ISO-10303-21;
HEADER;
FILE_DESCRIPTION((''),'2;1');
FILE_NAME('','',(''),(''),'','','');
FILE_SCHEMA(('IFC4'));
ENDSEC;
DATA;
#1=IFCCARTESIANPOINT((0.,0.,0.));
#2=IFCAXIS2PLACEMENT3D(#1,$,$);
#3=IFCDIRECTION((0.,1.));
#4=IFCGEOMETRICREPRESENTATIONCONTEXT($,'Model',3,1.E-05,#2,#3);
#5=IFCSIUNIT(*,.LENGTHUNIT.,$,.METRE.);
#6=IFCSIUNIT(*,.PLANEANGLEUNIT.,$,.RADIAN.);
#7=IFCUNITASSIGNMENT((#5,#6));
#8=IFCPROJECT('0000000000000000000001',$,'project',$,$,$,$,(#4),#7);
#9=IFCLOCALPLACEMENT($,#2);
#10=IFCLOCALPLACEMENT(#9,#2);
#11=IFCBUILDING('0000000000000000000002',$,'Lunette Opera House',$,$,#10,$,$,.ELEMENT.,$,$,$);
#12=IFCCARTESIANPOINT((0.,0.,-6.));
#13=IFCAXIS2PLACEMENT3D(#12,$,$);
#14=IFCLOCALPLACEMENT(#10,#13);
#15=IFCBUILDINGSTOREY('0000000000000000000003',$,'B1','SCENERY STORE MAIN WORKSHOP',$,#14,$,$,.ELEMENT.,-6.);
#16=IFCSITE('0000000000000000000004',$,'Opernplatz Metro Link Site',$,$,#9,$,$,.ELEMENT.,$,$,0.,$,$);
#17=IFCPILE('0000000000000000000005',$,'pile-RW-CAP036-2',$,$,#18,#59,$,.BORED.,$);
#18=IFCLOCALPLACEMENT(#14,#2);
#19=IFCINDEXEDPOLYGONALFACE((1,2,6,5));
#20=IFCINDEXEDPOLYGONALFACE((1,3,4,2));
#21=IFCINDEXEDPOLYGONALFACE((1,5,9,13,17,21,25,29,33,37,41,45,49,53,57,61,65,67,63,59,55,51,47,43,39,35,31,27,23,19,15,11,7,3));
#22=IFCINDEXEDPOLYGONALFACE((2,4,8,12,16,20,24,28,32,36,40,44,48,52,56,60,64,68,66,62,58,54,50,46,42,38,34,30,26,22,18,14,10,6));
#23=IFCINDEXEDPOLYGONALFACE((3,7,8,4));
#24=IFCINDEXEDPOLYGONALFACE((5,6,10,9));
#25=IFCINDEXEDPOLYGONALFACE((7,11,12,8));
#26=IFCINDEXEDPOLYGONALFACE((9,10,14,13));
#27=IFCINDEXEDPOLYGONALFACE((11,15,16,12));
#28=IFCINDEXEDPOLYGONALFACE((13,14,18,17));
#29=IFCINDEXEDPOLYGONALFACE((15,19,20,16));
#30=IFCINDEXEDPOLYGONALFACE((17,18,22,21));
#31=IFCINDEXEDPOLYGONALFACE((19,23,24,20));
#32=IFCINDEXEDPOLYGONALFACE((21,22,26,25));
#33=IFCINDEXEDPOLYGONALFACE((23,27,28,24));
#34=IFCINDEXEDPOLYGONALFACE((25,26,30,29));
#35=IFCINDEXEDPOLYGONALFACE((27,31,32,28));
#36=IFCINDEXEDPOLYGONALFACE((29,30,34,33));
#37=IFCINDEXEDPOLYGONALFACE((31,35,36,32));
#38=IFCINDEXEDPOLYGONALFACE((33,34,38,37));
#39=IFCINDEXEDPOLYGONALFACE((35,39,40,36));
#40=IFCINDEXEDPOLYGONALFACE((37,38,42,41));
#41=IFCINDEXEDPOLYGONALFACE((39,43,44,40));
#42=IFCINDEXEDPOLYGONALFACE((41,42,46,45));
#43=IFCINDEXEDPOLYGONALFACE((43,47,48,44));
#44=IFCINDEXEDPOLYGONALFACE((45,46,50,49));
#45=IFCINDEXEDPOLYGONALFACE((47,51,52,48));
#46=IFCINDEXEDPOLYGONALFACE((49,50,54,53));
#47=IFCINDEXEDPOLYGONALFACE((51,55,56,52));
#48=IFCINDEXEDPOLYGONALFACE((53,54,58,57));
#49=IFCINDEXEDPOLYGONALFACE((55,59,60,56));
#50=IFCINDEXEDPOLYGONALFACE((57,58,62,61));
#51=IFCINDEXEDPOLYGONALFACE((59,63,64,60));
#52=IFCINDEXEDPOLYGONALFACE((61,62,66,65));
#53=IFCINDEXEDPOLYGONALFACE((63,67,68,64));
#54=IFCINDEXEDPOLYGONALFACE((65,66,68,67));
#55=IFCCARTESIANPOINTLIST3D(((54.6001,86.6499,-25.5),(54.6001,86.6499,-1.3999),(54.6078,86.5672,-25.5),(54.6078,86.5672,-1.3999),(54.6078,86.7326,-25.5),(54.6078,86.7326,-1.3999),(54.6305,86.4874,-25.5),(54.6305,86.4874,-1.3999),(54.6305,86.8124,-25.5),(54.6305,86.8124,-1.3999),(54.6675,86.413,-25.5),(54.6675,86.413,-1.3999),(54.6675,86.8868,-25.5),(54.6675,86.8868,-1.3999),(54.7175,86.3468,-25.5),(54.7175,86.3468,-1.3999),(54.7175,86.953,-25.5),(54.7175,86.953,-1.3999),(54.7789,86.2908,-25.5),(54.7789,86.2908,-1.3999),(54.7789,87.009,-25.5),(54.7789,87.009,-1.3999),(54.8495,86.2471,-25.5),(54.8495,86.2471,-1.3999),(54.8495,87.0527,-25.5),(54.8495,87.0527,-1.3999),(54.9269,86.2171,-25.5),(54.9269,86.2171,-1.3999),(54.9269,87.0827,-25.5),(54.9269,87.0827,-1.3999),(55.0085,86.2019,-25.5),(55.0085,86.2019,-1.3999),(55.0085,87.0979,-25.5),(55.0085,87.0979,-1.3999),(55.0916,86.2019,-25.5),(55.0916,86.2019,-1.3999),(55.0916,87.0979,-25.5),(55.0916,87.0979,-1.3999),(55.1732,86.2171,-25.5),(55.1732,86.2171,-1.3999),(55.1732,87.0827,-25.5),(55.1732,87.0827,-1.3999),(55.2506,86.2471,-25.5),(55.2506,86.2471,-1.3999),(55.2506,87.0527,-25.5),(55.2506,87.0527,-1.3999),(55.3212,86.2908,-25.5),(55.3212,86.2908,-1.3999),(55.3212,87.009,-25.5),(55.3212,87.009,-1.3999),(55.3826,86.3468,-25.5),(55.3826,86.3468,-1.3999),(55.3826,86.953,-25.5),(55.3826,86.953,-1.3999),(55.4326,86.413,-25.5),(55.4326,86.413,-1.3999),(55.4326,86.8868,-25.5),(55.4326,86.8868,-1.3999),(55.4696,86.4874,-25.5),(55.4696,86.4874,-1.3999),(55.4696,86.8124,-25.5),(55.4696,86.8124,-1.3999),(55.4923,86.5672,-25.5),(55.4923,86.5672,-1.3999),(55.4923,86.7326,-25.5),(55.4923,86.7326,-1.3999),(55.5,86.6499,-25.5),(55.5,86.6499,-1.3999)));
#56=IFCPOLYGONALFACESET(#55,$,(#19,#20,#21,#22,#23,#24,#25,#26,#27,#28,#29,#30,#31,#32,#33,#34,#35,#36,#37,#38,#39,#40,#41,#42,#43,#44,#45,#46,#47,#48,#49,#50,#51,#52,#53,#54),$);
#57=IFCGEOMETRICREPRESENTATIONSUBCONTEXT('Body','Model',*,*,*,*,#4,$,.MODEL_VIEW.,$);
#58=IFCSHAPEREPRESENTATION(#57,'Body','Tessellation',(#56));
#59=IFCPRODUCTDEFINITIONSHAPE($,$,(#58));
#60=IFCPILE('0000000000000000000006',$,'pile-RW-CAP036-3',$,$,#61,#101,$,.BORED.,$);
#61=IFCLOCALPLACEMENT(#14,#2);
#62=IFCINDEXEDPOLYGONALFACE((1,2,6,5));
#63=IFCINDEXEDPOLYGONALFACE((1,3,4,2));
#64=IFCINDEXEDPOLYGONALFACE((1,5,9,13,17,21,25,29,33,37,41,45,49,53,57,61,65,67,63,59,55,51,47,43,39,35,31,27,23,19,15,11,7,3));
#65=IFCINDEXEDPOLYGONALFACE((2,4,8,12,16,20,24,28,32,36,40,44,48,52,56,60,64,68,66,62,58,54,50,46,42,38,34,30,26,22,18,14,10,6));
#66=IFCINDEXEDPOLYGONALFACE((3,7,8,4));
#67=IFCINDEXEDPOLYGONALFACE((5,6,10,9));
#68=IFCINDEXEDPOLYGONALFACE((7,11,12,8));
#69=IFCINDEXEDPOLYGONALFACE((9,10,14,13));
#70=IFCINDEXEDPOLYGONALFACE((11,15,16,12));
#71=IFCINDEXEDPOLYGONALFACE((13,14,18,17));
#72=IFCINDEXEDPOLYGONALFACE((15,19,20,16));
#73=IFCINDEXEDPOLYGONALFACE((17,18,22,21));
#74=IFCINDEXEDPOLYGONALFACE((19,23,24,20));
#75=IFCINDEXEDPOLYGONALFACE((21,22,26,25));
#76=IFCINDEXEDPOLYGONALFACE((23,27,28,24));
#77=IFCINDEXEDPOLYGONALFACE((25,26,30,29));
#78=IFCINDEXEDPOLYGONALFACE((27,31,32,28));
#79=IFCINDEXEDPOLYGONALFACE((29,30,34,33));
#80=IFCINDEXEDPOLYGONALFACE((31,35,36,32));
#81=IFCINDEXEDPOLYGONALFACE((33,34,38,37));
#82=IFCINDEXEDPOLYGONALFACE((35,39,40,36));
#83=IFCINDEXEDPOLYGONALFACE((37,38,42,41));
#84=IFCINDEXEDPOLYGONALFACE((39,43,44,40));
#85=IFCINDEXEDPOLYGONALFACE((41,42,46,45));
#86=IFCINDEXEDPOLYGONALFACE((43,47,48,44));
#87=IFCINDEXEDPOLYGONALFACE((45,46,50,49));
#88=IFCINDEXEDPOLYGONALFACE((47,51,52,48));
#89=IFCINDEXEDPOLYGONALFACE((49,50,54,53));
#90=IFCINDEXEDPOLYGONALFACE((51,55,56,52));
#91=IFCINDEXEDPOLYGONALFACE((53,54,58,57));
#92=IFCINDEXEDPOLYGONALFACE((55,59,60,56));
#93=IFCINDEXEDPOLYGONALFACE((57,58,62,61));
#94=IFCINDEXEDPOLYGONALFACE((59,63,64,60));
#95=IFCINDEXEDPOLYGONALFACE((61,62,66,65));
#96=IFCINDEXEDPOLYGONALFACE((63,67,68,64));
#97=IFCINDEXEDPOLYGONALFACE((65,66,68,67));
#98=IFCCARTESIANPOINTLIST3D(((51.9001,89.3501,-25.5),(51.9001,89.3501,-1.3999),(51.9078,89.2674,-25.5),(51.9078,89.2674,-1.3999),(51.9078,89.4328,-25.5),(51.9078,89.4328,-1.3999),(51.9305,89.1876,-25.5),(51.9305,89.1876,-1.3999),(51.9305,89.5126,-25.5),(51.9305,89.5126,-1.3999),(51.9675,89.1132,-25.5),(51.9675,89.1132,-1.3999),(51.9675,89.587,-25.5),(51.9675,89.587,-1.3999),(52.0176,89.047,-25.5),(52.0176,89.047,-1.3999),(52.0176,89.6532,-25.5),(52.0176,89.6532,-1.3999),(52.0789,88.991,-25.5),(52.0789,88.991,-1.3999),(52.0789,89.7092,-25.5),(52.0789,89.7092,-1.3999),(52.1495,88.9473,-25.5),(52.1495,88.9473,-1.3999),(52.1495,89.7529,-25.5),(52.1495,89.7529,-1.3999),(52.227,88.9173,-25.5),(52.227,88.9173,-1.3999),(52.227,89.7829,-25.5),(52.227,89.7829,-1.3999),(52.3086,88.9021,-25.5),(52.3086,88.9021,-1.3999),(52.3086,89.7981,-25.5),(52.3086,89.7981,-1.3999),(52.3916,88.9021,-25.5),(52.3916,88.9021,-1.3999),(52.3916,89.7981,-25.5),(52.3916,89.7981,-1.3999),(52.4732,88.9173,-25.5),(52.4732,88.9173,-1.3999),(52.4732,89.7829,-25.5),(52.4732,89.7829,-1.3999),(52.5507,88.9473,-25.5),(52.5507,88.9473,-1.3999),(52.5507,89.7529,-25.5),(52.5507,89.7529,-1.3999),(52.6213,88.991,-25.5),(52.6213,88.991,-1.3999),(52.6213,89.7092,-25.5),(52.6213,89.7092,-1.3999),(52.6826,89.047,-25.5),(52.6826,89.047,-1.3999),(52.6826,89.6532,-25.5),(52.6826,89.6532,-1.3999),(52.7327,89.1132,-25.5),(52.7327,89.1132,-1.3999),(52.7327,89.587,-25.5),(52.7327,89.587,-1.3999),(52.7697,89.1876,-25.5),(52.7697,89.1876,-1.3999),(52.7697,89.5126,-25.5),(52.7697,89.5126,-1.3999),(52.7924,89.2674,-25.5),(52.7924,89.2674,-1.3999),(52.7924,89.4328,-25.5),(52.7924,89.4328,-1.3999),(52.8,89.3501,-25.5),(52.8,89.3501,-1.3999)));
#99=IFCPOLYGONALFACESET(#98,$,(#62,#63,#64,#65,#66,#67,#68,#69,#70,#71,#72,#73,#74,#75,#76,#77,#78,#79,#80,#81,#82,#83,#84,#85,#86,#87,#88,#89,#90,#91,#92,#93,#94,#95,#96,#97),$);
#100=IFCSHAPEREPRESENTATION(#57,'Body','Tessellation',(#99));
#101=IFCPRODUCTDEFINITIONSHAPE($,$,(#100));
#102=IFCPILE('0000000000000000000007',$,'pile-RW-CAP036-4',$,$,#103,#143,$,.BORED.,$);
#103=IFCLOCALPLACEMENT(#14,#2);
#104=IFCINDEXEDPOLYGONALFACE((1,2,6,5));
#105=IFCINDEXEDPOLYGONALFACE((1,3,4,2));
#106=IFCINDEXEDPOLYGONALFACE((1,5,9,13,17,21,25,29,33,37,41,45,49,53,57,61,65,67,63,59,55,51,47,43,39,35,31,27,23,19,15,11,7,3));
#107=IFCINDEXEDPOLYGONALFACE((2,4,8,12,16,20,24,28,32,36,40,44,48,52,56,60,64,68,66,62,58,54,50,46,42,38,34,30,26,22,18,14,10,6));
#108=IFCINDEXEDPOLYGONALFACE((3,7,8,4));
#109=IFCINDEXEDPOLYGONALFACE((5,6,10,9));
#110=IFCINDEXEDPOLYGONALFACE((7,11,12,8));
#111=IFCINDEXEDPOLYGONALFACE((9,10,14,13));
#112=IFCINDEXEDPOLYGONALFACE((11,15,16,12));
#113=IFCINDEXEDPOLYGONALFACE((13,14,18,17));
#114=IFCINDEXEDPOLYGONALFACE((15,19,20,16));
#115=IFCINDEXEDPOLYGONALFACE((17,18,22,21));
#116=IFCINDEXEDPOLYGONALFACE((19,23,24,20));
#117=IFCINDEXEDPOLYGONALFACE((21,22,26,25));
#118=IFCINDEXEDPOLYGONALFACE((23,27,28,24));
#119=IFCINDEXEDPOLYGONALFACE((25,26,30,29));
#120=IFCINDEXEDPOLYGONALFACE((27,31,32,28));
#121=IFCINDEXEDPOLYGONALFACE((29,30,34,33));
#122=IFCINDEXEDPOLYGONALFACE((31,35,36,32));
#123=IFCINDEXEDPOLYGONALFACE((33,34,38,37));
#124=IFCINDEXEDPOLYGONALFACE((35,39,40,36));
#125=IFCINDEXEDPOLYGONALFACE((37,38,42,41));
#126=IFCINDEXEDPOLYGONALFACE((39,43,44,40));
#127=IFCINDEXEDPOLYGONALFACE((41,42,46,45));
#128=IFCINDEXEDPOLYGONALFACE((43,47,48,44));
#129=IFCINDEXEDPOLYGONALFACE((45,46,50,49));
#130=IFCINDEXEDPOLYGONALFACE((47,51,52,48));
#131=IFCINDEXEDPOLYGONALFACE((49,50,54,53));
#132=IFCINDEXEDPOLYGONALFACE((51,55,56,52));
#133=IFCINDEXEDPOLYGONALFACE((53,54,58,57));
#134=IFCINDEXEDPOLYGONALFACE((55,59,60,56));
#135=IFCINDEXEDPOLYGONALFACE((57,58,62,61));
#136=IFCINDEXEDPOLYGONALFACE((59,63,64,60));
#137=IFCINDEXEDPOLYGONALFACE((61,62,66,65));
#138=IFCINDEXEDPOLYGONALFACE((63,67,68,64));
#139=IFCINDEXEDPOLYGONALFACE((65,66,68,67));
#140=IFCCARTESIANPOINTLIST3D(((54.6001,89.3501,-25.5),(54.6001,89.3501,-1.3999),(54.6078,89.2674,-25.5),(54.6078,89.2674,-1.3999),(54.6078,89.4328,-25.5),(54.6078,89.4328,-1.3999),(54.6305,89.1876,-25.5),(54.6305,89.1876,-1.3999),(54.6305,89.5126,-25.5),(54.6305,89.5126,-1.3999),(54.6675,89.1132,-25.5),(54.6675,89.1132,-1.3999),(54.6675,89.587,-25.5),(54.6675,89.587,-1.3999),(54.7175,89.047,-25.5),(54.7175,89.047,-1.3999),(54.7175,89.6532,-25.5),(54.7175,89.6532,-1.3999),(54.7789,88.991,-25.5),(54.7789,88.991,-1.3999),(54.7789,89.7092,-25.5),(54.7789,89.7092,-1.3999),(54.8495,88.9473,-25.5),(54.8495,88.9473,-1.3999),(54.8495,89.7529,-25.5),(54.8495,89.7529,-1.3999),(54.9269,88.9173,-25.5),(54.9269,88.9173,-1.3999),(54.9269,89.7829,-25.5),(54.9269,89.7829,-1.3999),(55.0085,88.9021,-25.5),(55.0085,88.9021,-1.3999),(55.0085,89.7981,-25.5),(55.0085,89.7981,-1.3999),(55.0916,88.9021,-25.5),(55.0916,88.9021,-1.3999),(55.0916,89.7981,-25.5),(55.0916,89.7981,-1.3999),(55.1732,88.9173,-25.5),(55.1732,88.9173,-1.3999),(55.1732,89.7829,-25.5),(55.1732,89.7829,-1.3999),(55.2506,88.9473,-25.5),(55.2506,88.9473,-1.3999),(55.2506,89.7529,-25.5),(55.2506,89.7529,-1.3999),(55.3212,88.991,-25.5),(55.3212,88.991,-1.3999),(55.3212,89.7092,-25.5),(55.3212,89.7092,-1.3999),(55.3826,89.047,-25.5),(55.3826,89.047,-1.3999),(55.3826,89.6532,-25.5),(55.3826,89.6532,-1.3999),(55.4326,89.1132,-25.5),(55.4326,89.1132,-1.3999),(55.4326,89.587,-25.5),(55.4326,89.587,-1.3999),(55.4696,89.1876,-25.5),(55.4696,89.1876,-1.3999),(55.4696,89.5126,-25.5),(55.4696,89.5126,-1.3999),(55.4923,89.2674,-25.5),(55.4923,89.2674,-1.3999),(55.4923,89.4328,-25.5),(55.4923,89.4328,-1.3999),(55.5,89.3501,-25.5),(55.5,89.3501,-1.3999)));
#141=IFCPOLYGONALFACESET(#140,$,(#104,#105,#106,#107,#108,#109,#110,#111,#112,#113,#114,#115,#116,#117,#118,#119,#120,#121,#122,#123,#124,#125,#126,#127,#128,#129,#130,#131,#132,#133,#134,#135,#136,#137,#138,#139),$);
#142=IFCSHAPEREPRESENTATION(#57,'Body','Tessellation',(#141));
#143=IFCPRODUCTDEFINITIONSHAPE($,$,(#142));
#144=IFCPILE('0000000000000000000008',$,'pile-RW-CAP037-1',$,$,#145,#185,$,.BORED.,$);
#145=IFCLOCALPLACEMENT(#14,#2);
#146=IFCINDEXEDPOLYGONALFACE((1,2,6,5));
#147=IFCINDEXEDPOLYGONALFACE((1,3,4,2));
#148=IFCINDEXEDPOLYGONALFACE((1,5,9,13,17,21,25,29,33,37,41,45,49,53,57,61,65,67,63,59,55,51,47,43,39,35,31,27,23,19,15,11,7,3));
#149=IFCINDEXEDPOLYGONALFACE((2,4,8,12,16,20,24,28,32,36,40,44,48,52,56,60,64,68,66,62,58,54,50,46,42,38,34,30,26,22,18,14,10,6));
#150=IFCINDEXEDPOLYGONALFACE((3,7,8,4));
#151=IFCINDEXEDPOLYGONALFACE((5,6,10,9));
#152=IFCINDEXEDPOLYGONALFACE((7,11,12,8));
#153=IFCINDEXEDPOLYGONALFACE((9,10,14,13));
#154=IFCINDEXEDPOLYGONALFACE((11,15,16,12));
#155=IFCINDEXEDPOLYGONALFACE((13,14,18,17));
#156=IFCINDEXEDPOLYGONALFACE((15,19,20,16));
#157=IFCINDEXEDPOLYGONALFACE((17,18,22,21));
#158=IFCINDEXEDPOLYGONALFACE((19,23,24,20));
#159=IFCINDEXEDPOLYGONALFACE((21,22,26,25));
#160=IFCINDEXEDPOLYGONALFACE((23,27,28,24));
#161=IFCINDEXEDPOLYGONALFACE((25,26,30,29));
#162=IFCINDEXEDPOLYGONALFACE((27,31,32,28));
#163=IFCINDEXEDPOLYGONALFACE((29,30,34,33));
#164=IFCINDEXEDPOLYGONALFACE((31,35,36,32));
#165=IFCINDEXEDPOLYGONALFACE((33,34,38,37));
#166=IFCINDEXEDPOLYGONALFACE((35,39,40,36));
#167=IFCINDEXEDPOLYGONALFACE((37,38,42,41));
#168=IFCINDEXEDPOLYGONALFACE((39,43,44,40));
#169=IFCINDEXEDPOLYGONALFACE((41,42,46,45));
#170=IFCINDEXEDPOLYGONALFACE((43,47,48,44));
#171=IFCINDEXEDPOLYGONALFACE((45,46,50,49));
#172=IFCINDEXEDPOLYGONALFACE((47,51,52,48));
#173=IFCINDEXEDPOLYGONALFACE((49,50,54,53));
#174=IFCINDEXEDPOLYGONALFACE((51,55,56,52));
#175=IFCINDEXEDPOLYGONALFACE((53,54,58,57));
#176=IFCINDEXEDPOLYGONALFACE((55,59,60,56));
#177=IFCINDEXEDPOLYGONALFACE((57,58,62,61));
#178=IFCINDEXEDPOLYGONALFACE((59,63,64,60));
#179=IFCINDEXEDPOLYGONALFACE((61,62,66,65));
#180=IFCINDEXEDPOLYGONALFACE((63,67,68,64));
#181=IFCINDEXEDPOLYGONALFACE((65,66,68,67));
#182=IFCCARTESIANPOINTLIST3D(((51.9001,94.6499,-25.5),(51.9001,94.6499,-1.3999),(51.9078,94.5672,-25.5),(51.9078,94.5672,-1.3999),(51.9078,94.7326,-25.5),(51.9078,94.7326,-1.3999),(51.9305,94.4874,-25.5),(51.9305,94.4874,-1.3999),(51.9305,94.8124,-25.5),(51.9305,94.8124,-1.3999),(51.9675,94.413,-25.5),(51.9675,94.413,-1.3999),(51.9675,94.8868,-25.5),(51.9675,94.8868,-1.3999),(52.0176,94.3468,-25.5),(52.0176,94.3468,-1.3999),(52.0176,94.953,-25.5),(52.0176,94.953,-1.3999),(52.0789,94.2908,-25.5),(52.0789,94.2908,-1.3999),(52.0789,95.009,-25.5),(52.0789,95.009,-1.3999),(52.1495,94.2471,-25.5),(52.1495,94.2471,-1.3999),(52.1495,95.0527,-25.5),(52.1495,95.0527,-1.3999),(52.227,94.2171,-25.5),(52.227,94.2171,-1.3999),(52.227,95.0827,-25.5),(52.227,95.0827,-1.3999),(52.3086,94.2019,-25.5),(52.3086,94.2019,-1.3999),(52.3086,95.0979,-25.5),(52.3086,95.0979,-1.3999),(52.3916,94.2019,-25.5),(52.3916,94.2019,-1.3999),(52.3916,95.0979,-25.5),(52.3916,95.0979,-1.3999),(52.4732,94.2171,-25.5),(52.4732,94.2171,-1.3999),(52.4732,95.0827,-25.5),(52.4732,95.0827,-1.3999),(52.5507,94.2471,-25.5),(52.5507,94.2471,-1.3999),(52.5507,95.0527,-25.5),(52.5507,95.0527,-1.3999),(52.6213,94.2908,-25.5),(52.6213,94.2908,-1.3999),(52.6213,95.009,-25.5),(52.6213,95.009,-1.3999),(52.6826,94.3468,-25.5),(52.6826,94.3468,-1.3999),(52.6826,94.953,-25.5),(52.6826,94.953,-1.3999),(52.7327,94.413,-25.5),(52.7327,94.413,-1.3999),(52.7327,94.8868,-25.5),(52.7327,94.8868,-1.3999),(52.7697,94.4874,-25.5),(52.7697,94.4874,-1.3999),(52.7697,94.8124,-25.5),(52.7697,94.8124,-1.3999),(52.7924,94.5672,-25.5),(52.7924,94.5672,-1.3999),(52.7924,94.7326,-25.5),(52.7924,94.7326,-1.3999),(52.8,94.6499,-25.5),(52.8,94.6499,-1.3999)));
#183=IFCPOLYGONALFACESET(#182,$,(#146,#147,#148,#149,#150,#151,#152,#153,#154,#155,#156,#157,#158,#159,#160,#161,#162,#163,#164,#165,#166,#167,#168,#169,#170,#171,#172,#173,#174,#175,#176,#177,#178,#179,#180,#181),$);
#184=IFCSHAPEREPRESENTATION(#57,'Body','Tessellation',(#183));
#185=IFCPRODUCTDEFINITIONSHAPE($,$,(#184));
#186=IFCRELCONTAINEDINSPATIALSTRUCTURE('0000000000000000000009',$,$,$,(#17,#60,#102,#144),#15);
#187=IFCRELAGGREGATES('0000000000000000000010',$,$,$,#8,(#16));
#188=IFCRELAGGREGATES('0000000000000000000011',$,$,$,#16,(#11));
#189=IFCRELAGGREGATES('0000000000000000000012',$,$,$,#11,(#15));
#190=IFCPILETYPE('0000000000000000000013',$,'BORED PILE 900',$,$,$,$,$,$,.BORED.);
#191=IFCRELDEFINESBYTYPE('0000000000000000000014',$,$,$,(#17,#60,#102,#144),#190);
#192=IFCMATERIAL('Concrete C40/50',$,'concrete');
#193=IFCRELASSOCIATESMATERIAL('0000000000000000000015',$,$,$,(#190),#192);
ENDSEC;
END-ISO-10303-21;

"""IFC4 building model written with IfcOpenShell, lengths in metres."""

from ifc_helpers import new_model, si_unit, direction, frame, origin, origin_2d, place, context, subcontext, project, spatial, circle, extrude, material, material_profile, profile_set, type_object, element, save


model = new_model("IFC4")

# Units and contexts
model_context = context("Model", 3, precision=1e-05, world=origin(), true_north=direction((0.0, 1.0)))
body_context = subcontext(model_context, "Body", "Model", "MODEL_VIEW")
ifc_project = project(units=[si_unit("LENGTHUNIT", "METRE"), si_unit("PLANEANGLEUNIT", "RADIAN")], contexts=[model_context])

# Site, building, storey
site_placement = place(None, origin())
site = spatial("IfcSite", under=ifc_project, at=site_placement, Name="Opernplatz Metro Link Site", CompositionType="ELEMENT", RefElevation=0.0)
building_placement = place(site_placement, origin())
building = spatial("IfcBuilding", under=site, at=building_placement, Name="Lunette Opera House", CompositionType="ELEMENT")
storey_placement = place(building_placement, frame((0.0, 0.0, -6.0)))
storey = spatial("IfcBuildingStorey", under=building, at=storey_placement, Name="B1", Description="SCENERY STORE MAIN WORKSHOP", CompositionType="ELEMENT", Elevation=-6.0)

# Piles
ifc_material_1 = material(Name="Concrete C40/50", Category="concrete")
ifc_material_profile_1 = material_profile(ifc_material_1, circle(Radius=0.45, at=origin_2d()), Name="BORED PILE 900")
ifc_profile_set_1 = profile_set([ifc_material_profile_1], Name="Concrete C40/50")
pile_type_1 = type_object("IfcPileType", Name="BORED PILE 900", PredefinedType="BORED", material=ifc_profile_set_1)
for number, where, z_axis, x_axis, name in (
    (1, (55.05, 86.6499, -1.3999), (0.0, 0.0, -1.0), (1.0, 0.0, 0.0), "pile-RW-CAP036-2"),
    (2, (52.3501, 89.3501, -1.3999), (0.0, 0.0, -1.0), (1.0, 0.0, 0.0), "pile-RW-CAP036-3"),
    (3, (55.05, 89.3501, -1.3999), (0.0, 0.0, -1.0), (1.0, 0.0, 0.0), "pile-RW-CAP036-4"),
    (4, (52.3501, 94.6499, -1.3999), (0.0, 0.0, -1.0), (1.0, 0.0, 0.0), "pile-RW-CAP037-1"),
):
    element("IfcPile", number, at=place(storey_placement, frame(where, z_axis=z_axis, x_axis=x_axis)), inside=storey, type_object=pile_type_1, Name=name, PredefinedType="BORED", context=body_context, shape_type="SweptSolid", body=[
        extrude(circle(Radius=0.45, at=origin_2d()), origin(), (0.0, 0.0, 1.0), 24.1001),
    ])

save(model, "model.ifc")
